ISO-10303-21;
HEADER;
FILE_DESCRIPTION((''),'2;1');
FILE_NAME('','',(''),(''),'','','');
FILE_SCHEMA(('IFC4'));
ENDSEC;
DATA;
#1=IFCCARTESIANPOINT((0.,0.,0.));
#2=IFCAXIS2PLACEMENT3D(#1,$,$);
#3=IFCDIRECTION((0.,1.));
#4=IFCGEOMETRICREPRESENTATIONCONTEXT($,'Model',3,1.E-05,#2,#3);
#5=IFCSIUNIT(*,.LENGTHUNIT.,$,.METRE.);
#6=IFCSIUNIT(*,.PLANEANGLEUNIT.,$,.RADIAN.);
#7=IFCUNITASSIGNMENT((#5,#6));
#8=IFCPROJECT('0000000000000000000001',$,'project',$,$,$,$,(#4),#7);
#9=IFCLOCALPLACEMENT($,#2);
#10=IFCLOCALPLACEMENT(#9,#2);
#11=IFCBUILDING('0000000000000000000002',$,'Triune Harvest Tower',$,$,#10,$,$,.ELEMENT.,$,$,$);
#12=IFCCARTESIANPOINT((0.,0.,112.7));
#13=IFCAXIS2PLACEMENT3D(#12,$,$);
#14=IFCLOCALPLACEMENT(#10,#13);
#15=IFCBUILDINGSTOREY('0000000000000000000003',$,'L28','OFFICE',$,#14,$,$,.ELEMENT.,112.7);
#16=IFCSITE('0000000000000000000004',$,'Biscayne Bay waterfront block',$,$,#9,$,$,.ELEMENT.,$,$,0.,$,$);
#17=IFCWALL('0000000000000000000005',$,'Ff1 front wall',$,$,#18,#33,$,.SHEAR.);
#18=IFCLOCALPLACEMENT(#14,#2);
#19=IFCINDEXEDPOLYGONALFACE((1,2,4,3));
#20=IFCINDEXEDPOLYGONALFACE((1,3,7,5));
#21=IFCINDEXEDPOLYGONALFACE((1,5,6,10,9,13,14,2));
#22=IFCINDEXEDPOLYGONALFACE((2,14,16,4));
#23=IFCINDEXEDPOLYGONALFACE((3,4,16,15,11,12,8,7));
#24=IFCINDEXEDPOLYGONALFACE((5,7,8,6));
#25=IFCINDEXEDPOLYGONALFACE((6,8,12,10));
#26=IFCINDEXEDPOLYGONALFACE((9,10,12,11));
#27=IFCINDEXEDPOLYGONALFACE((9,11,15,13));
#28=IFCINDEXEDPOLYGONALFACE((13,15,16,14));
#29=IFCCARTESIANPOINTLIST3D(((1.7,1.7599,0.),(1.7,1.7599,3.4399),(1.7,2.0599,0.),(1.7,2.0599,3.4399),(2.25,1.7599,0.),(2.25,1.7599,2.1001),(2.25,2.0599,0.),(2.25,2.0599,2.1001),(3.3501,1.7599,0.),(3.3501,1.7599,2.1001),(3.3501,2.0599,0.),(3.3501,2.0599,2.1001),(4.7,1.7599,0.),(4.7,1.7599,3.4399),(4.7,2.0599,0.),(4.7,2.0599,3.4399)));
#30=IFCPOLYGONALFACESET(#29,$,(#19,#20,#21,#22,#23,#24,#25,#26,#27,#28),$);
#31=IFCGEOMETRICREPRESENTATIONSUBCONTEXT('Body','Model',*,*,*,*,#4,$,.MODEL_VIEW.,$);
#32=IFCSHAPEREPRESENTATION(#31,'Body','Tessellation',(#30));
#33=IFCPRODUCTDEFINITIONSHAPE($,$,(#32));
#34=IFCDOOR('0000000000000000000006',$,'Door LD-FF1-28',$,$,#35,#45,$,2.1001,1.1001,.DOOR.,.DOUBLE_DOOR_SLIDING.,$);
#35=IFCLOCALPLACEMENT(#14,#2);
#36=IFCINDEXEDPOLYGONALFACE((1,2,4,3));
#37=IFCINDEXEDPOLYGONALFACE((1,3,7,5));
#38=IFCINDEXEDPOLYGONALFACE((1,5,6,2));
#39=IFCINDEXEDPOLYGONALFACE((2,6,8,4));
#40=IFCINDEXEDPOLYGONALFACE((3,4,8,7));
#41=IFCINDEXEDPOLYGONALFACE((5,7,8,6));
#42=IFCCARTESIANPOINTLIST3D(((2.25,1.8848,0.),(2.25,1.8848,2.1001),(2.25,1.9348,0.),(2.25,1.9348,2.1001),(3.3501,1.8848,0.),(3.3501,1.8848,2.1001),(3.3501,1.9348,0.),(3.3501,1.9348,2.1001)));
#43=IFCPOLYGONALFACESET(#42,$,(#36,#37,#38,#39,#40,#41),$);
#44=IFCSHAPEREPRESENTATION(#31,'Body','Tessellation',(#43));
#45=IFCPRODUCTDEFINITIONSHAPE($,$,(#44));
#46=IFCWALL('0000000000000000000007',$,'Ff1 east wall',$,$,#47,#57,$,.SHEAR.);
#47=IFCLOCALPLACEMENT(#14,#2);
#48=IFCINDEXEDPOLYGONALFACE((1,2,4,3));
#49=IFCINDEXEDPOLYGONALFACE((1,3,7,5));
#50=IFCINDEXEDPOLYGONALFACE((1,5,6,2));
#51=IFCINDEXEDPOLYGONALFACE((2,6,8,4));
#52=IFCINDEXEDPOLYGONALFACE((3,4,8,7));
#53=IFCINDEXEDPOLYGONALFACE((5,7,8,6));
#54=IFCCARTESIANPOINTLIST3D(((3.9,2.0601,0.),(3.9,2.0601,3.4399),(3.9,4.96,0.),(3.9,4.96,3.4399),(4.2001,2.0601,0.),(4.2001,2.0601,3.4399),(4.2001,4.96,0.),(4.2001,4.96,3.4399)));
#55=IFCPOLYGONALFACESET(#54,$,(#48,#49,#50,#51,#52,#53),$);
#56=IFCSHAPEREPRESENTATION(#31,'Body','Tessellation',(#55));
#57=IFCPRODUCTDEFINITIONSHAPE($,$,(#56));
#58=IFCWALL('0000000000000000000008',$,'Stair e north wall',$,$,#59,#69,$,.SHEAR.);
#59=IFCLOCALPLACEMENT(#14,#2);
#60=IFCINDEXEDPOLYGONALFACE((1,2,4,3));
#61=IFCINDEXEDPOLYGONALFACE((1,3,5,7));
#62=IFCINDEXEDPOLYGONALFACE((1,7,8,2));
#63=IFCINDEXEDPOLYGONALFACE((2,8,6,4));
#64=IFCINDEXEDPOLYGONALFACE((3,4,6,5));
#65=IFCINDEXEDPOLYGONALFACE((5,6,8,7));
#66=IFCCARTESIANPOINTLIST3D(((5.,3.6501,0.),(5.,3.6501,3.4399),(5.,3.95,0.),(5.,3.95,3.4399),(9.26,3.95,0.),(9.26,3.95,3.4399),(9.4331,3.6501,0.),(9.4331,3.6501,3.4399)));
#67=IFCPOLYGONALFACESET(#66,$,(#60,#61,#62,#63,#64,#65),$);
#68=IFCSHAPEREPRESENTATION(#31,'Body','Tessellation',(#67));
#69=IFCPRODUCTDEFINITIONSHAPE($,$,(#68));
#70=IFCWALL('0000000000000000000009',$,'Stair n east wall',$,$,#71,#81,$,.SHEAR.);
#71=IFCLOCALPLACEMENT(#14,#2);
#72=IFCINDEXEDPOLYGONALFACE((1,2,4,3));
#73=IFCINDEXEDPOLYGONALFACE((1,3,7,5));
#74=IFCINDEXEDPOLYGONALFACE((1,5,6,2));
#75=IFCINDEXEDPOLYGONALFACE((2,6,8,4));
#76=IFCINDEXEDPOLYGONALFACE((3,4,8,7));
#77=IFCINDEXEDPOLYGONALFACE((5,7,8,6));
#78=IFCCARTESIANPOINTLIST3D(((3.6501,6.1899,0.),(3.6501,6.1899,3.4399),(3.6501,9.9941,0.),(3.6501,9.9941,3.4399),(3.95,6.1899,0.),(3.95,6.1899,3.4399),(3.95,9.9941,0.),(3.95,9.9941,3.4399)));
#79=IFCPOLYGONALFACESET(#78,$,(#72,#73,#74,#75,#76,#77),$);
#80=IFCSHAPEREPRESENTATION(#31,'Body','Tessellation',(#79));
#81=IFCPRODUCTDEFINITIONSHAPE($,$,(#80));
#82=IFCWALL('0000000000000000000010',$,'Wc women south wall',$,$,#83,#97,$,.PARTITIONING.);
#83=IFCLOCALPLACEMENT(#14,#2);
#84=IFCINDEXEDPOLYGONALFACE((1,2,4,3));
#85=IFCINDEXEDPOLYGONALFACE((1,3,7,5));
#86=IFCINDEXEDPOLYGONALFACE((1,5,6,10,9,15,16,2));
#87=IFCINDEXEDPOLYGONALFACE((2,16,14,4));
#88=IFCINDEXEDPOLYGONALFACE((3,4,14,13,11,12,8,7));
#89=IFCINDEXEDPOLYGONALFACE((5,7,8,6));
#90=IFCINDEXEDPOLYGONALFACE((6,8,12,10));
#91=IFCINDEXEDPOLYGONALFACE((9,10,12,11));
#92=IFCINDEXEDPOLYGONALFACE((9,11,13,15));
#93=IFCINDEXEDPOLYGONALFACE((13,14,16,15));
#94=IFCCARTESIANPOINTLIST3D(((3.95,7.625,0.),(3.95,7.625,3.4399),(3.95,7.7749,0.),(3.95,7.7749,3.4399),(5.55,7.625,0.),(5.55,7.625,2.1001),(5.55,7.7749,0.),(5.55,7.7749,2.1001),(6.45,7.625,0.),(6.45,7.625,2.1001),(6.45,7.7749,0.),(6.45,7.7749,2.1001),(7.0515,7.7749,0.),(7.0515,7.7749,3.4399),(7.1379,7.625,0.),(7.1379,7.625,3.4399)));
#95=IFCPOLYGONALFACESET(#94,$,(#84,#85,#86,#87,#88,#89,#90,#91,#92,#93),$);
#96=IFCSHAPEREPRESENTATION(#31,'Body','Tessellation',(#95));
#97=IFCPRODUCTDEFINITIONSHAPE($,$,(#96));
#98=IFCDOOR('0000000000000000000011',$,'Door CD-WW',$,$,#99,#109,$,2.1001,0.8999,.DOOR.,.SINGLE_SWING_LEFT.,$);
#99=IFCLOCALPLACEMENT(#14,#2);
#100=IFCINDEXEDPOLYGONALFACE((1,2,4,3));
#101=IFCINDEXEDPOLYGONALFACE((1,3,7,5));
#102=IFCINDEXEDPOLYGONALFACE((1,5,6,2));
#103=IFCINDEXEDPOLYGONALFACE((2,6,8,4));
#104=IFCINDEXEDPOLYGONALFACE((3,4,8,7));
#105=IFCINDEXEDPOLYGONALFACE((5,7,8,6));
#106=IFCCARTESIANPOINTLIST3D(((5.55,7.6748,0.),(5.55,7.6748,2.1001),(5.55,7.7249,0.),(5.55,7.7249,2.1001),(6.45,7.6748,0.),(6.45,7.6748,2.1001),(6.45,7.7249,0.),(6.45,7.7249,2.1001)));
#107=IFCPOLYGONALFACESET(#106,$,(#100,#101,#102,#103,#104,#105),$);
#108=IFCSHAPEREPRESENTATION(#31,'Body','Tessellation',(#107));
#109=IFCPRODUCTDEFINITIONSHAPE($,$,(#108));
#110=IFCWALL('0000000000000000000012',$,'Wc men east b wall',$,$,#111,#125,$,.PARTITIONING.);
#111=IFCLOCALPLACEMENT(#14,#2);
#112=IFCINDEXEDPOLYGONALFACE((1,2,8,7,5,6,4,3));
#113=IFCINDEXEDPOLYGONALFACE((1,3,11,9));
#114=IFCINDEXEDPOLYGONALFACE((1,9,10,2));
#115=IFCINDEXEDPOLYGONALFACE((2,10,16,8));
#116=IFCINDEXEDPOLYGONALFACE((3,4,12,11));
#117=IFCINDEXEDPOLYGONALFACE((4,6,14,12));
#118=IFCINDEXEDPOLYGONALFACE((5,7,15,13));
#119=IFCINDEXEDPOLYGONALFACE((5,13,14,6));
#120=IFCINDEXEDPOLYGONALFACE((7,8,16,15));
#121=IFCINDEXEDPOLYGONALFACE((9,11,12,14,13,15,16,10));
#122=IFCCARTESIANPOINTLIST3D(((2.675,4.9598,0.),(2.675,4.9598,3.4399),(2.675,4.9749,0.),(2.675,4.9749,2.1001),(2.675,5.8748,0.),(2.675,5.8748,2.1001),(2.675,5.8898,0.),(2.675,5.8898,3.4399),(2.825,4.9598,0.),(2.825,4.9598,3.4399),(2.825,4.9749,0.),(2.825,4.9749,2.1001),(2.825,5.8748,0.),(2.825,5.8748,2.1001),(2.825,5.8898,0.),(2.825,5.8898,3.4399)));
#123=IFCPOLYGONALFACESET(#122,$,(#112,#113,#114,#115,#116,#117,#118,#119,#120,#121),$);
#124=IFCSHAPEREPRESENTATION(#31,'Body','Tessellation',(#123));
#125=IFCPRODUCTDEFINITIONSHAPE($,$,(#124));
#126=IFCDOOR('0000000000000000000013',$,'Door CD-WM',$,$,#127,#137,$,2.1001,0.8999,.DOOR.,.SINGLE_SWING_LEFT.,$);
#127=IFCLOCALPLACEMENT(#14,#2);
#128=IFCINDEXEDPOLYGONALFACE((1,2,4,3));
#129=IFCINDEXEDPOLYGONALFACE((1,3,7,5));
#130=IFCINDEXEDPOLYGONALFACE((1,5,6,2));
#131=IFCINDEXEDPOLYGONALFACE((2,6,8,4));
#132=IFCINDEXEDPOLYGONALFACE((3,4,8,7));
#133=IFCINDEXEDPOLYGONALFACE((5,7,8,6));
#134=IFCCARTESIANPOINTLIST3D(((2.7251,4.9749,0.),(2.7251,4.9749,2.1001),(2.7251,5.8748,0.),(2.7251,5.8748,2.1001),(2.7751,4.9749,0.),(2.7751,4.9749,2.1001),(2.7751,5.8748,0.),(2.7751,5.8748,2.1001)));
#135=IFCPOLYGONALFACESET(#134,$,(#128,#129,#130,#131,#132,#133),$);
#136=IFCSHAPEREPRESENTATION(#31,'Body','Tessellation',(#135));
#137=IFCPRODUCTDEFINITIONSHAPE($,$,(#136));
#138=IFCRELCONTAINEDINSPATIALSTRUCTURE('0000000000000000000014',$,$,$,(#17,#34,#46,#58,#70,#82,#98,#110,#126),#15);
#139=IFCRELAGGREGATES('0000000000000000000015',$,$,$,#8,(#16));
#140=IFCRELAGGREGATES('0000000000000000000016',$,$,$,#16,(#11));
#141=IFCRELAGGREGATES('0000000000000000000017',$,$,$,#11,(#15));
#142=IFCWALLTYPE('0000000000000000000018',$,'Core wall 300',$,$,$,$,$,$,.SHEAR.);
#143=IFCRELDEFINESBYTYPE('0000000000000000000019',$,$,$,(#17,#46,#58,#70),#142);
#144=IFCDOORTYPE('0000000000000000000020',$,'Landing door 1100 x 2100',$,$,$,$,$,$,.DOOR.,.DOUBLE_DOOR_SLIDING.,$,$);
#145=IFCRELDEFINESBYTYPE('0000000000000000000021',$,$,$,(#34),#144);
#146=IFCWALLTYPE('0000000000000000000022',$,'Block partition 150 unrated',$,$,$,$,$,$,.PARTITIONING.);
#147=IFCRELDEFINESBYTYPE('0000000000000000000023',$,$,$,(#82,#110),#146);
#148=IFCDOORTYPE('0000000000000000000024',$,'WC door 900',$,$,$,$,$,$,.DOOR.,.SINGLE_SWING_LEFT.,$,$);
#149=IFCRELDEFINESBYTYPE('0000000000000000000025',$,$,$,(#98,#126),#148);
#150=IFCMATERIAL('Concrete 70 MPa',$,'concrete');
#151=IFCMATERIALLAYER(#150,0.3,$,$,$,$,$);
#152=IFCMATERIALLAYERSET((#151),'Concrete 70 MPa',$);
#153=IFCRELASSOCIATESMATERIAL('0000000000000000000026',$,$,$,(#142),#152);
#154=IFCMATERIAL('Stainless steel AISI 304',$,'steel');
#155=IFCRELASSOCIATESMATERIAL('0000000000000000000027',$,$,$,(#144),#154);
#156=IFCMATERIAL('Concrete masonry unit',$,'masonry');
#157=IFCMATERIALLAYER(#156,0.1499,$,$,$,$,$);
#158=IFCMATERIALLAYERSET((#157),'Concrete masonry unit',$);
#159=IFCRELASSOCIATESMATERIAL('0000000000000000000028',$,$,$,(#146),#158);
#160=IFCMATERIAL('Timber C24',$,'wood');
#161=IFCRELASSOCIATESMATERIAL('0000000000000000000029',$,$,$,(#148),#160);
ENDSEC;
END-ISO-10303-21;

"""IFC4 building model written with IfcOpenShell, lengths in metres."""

from ifc_helpers import new_model, si_unit, direction, frame, frame_2d, origin, place, context, subcontext, project, spatial, polyline, rectangle, outline, extrude, source, transform, mapped, material, layer, layer_set, type_object, element, fill, save


model = new_model("IFC4")

# Units and contexts
model_context = context("Model", 3, precision=1e-05, world=origin(), true_north=direction((0.0, 1.0)))
body_context = subcontext(model_context, "Body", "Model", "MODEL_VIEW")
ifc_project = project(units=[si_unit("LENGTHUNIT", "METRE"), si_unit("PLANEANGLEUNIT", "RADIAN")], contexts=[model_context])

# Site, building, storey
site_placement = place(None, origin())
site = spatial("IfcSite", under=ifc_project, at=site_placement, Name="Biscayne Bay waterfront block", CompositionType="ELEMENT", RefElevation=0.0)
building_placement = place(site_placement, origin())
building = spatial("IfcBuilding", under=site, at=building_placement, Name="Triune Harvest Tower", CompositionType="ELEMENT")
storey_placement = place(building_placement, frame((0.0, 0.0, 112.7)))
storey = spatial("IfcBuildingStorey", under=building, at=storey_placement, Name="L28", Description="OFFICE", CompositionType="ELEMENT", Elevation=112.7)

# Shared definitions
ifc_material_1 = material(Name="Concrete 70 MPa", Category="concrete")
ifc_layer_1 = layer(ifc_material_1, 0.3)
ifc_layer_set_1 = layer_set([ifc_layer_1], Name="Concrete 70 MPa")
wall_type_1 = type_object("IfcWallType", Name="Core wall 300", PredefinedType="SHEAR", material=ifc_layer_set_1)

# Wall, opening, door
shared_shape_1 = source(origin(), body_context, "Body", "SweptSolid", [
    extrude(rectangle(XDim=3.0, YDim=0.3, at=frame_2d((1.5, 0.0))), origin(), (0.0, 0.0, 1.0), 3.4399),
])
wall_1_placement = place(storey_placement, frame((1.7, 1.9099, 0.0), z_axis=(0.0, 0.0, 1.0), x_axis=(1.0, 0.0, 0.0)))
wall_1 = element("IfcWall", 1, at=wall_1_placement, inside=storey, type_object=wall_type_1, Name="Ff1 front wall", PredefinedType="SHEAR", context=body_context, shape_type="MappedRepresentation", body=[
    mapped(shared_shape_1, transform((0.0, 0.0, 0.0), scale=1.0)),
])
opening_1_placement = place(wall_1_placement, frame((0.55, 0.0, 0.0)))
opening_1 = element("IfcOpeningElement", 2, at=opening_1_placement, cuts=wall_1, PredefinedType="OPENING", context=body_context, shape_type="SweptSolid", body=[
    extrude(rectangle(XDim=1.1001, YDim=2.1001, at=frame_2d((0.55, 1.05))), frame((0.0, 0.1602, 0.0), z_axis=(0.0, -1.0, 0.0), x_axis=(1.0, 0.0, 0.0)), (0.0, 0.0, 1.0), 0.3201),
])
ifc_material_2 = material(Name="Stainless steel AISI 304", Category="steel")
door_type_1 = type_object("IfcDoorType", Name="Landing door 1100 x 2100", OperationType="DOUBLE_DOOR_SLIDING", PredefinedType="DOOR", material=ifc_material_2)
door_1_placement = place(opening_1_placement, origin())
door_1 = element("IfcDoor", 3, at=door_1_placement, inside=storey, type_object=door_type_1, Name="Door LD-FF1-28", OperationType="DOUBLE_DOOR_SLIDING", OverallHeight=2.1001, OverallWidth=1.1001, PredefinedType="DOOR", context=body_context, shape_type="SweptSolid", body=[
    extrude(rectangle(XDim=1.1001, YDim=2.1001, at=frame_2d((0.55, 1.05))), frame((0.0, 0.0249, 0.0), z_axis=(0.0, -1.0, 0.0), x_axis=(1.0, 0.0, 0.0)), (0.0, 0.0, 1.0), 0.05),
])
fill(opening_1, door_1)

# Walls
shared_shape_2 = source(origin(), body_context, "Body", "SweptSolid", [
    extrude(rectangle(XDim=2.8999, YDim=0.3, at=frame_2d((1.45, 0.0))), origin(), (0.0, 0.0, 1.0), 3.4399),
])
wall_2_placement = place(storey_placement, frame((4.05, 2.0601, 0.0), z_axis=(0.0, 0.0, 1.0), x_axis=(0.0, 1.0, 0.0)))
element("IfcWall", 4, at=wall_2_placement, inside=storey, type_object=wall_type_1, Name="Ff1 east wall", PredefinedType="SHEAR", context=body_context, shape_type="MappedRepresentation", body=[
    mapped(shared_shape_2, transform((0.0, 0.0, 0.0), scale=1.0)),
])
shared_shape_3 = source(origin(), body_context, "Body", "SweptSolid", [
    extrude(outline(polyline([(0.0, -0.1499), (0.0, 0.1499), (4.26, 0.1499), (4.4331, -0.1499), (0.0, -0.1499)])), origin(), (0.0, 0.0, 1.0), 3.4399),
])
wall_3_placement = place(storey_placement, frame((5.0, 3.8, 0.0), z_axis=(0.0, 0.0, 1.0), x_axis=(1.0, 0.0, 0.0)))
element("IfcWall", 5, at=wall_3_placement, inside=storey, type_object=wall_type_1, Name="Stair e north wall", PredefinedType="SHEAR", context=body_context, shape_type="MappedRepresentation", body=[
    mapped(shared_shape_3, transform((0.0, 0.0, 0.0), scale=1.0)),
])
shared_shape_4 = source(origin(), body_context, "Body", "SweptSolid", [
    extrude(outline(polyline([(0.0, -0.1499), (0.0, 0.1499), (3.8042, 0.1499), (3.8042, -0.1499), (0.0, -0.1499)])), origin(), (0.0, 0.0, 1.0), 3.4399),
])
wall_4_placement = place(storey_placement, frame((3.8, 6.1899, 0.0), z_axis=(0.0, 0.0, 1.0), x_axis=(0.0, 1.0, 0.0)))
element("IfcWall", 6, at=wall_4_placement, inside=storey, type_object=wall_type_1, Name="Stair n east wall", PredefinedType="SHEAR", context=body_context, shape_type="MappedRepresentation", body=[
    mapped(shared_shape_4, transform((0.0, 0.0, 0.0), scale=1.0)),
])

# Walls, openings, doors
ifc_material_3 = material(Name="Concrete masonry unit", Category="masonry")
ifc_layer_2 = layer(ifc_material_3, 0.1499)
ifc_layer_set_2 = layer_set([ifc_layer_2], Name="Concrete masonry unit")
wall_type_2 = type_object("IfcWallType", Name="Block partition 150 unrated", PredefinedType="PARTITIONING", material=ifc_layer_set_2)
shared_shape_5 = source(origin(), body_context, "Body", "SweptSolid", [
    extrude(outline(polyline([(0.0, -0.075), (0.0, 0.075), (3.1016, 0.075), (3.188, -0.075), (0.0, -0.075)])), origin(), (0.0, 0.0, 1.0), 3.4399),
])
wall_5_placement = place(storey_placement, frame((3.95, 7.7, 0.0), z_axis=(0.0, 0.0, 1.0), x_axis=(1.0, 0.0, 0.0)))
wall_5 = element("IfcWall", 7, at=wall_5_placement, inside=storey, type_object=wall_type_2, Name="Wc women south wall", PredefinedType="PARTITIONING", context=body_context, shape_type="MappedRepresentation", body=[
    mapped(shared_shape_5, transform((0.0, 0.0, 0.0), scale=1.0)),
])
opening_2_placement = place(wall_5_placement, frame((1.6001, 0.0, 0.0)))
opening_2 = element("IfcOpeningElement", 8, at=opening_2_placement, cuts=wall_5, PredefinedType="OPENING", context=body_context, shape_type="SweptSolid", body=[
    extrude(rectangle(XDim=0.8999, YDim=2.1001, at=frame_2d((0.45, 1.05))), frame((0.0, 0.085, 0.0), z_axis=(0.0, -1.0, 0.0), x_axis=(1.0, 0.0, 0.0)), (0.0, 0.0, 1.0), 0.1699),
])
ifc_material_4 = material(Name="Timber C24", Category="wood")
door_type_2 = type_object("IfcDoorType", Name="WC door 900", OperationType="SINGLE_SWING_LEFT", PredefinedType="DOOR", material=ifc_material_4)
door_2_placement = place(opening_2_placement, origin())
door_2 = element("IfcDoor", 9, at=door_2_placement, inside=storey, type_object=door_type_2, Name="Door CD-WW", OperationType="SINGLE_SWING_LEFT", OverallHeight=2.1001, OverallWidth=0.8999, PredefinedType="DOOR", context=body_context, shape_type="SweptSolid", body=[
    extrude(rectangle(XDim=0.8999, YDim=2.1001, at=frame_2d((0.45, 1.05))), frame((0.0, 0.0249, 0.0), z_axis=(0.0, -1.0, 0.0), x_axis=(1.0, 0.0, 0.0)), (0.0, 0.0, 1.0), 0.05),
])
fill(opening_2, door_2)
shared_shape_6 = source(origin(), body_context, "Body", "SweptSolid", [
    extrude(rectangle(XDim=0.9299, YDim=0.1499, at=frame_2d((0.4648, 0.0))), origin(), (0.0, 0.0, 1.0), 3.4399),
])
wall_6_placement = place(storey_placement, frame((2.75, 4.96, 0.0), z_axis=(0.0, 0.0, 1.0), x_axis=(0.0, 1.0, 0.0)))
wall_6 = element("IfcWall", 10, at=wall_6_placement, inside=storey, type_object=wall_type_2, Name="Wc men east b wall", PredefinedType="PARTITIONING", context=body_context, shape_type="MappedRepresentation", body=[
    mapped(shared_shape_6, transform((0.0, 0.0, 0.0), scale=1.0)),
])
opening_3_placement = place(wall_6_placement, frame((0.0149, 0.0, 0.0)))
opening_3 = element("IfcOpeningElement", 11, at=opening_3_placement, cuts=wall_6, PredefinedType="OPENING", context=body_context, shape_type="SweptSolid", body=[
    extrude(rectangle(XDim=0.8999, YDim=2.1001, at=frame_2d((0.45, 1.05))), frame((0.0, 0.085, 0.0), z_axis=(0.0, -1.0, 0.0), x_axis=(1.0, 0.0, 0.0)), (0.0, 0.0, 1.0), 0.1699),
])
door_3_placement = place(opening_3_placement, origin())
door_3 = element("IfcDoor", 12, at=door_3_placement, inside=storey, type_object=door_type_2, Name="Door CD-WM", OperationType="SINGLE_SWING_LEFT", OverallHeight=2.1001, OverallWidth=0.8999, PredefinedType="DOOR", context=body_context, shape_type="SweptSolid", body=[
    extrude(rectangle(XDim=0.8999, YDim=2.1001, at=frame_2d((0.45, 1.05))), frame((0.0, 0.0249, 0.0), z_axis=(0.0, -1.0, 0.0), x_axis=(1.0, 0.0, 0.0)), (0.0, 0.0, 1.0), 0.05),
])
fill(opening_3, door_3)

save(model, "model.ifc")
